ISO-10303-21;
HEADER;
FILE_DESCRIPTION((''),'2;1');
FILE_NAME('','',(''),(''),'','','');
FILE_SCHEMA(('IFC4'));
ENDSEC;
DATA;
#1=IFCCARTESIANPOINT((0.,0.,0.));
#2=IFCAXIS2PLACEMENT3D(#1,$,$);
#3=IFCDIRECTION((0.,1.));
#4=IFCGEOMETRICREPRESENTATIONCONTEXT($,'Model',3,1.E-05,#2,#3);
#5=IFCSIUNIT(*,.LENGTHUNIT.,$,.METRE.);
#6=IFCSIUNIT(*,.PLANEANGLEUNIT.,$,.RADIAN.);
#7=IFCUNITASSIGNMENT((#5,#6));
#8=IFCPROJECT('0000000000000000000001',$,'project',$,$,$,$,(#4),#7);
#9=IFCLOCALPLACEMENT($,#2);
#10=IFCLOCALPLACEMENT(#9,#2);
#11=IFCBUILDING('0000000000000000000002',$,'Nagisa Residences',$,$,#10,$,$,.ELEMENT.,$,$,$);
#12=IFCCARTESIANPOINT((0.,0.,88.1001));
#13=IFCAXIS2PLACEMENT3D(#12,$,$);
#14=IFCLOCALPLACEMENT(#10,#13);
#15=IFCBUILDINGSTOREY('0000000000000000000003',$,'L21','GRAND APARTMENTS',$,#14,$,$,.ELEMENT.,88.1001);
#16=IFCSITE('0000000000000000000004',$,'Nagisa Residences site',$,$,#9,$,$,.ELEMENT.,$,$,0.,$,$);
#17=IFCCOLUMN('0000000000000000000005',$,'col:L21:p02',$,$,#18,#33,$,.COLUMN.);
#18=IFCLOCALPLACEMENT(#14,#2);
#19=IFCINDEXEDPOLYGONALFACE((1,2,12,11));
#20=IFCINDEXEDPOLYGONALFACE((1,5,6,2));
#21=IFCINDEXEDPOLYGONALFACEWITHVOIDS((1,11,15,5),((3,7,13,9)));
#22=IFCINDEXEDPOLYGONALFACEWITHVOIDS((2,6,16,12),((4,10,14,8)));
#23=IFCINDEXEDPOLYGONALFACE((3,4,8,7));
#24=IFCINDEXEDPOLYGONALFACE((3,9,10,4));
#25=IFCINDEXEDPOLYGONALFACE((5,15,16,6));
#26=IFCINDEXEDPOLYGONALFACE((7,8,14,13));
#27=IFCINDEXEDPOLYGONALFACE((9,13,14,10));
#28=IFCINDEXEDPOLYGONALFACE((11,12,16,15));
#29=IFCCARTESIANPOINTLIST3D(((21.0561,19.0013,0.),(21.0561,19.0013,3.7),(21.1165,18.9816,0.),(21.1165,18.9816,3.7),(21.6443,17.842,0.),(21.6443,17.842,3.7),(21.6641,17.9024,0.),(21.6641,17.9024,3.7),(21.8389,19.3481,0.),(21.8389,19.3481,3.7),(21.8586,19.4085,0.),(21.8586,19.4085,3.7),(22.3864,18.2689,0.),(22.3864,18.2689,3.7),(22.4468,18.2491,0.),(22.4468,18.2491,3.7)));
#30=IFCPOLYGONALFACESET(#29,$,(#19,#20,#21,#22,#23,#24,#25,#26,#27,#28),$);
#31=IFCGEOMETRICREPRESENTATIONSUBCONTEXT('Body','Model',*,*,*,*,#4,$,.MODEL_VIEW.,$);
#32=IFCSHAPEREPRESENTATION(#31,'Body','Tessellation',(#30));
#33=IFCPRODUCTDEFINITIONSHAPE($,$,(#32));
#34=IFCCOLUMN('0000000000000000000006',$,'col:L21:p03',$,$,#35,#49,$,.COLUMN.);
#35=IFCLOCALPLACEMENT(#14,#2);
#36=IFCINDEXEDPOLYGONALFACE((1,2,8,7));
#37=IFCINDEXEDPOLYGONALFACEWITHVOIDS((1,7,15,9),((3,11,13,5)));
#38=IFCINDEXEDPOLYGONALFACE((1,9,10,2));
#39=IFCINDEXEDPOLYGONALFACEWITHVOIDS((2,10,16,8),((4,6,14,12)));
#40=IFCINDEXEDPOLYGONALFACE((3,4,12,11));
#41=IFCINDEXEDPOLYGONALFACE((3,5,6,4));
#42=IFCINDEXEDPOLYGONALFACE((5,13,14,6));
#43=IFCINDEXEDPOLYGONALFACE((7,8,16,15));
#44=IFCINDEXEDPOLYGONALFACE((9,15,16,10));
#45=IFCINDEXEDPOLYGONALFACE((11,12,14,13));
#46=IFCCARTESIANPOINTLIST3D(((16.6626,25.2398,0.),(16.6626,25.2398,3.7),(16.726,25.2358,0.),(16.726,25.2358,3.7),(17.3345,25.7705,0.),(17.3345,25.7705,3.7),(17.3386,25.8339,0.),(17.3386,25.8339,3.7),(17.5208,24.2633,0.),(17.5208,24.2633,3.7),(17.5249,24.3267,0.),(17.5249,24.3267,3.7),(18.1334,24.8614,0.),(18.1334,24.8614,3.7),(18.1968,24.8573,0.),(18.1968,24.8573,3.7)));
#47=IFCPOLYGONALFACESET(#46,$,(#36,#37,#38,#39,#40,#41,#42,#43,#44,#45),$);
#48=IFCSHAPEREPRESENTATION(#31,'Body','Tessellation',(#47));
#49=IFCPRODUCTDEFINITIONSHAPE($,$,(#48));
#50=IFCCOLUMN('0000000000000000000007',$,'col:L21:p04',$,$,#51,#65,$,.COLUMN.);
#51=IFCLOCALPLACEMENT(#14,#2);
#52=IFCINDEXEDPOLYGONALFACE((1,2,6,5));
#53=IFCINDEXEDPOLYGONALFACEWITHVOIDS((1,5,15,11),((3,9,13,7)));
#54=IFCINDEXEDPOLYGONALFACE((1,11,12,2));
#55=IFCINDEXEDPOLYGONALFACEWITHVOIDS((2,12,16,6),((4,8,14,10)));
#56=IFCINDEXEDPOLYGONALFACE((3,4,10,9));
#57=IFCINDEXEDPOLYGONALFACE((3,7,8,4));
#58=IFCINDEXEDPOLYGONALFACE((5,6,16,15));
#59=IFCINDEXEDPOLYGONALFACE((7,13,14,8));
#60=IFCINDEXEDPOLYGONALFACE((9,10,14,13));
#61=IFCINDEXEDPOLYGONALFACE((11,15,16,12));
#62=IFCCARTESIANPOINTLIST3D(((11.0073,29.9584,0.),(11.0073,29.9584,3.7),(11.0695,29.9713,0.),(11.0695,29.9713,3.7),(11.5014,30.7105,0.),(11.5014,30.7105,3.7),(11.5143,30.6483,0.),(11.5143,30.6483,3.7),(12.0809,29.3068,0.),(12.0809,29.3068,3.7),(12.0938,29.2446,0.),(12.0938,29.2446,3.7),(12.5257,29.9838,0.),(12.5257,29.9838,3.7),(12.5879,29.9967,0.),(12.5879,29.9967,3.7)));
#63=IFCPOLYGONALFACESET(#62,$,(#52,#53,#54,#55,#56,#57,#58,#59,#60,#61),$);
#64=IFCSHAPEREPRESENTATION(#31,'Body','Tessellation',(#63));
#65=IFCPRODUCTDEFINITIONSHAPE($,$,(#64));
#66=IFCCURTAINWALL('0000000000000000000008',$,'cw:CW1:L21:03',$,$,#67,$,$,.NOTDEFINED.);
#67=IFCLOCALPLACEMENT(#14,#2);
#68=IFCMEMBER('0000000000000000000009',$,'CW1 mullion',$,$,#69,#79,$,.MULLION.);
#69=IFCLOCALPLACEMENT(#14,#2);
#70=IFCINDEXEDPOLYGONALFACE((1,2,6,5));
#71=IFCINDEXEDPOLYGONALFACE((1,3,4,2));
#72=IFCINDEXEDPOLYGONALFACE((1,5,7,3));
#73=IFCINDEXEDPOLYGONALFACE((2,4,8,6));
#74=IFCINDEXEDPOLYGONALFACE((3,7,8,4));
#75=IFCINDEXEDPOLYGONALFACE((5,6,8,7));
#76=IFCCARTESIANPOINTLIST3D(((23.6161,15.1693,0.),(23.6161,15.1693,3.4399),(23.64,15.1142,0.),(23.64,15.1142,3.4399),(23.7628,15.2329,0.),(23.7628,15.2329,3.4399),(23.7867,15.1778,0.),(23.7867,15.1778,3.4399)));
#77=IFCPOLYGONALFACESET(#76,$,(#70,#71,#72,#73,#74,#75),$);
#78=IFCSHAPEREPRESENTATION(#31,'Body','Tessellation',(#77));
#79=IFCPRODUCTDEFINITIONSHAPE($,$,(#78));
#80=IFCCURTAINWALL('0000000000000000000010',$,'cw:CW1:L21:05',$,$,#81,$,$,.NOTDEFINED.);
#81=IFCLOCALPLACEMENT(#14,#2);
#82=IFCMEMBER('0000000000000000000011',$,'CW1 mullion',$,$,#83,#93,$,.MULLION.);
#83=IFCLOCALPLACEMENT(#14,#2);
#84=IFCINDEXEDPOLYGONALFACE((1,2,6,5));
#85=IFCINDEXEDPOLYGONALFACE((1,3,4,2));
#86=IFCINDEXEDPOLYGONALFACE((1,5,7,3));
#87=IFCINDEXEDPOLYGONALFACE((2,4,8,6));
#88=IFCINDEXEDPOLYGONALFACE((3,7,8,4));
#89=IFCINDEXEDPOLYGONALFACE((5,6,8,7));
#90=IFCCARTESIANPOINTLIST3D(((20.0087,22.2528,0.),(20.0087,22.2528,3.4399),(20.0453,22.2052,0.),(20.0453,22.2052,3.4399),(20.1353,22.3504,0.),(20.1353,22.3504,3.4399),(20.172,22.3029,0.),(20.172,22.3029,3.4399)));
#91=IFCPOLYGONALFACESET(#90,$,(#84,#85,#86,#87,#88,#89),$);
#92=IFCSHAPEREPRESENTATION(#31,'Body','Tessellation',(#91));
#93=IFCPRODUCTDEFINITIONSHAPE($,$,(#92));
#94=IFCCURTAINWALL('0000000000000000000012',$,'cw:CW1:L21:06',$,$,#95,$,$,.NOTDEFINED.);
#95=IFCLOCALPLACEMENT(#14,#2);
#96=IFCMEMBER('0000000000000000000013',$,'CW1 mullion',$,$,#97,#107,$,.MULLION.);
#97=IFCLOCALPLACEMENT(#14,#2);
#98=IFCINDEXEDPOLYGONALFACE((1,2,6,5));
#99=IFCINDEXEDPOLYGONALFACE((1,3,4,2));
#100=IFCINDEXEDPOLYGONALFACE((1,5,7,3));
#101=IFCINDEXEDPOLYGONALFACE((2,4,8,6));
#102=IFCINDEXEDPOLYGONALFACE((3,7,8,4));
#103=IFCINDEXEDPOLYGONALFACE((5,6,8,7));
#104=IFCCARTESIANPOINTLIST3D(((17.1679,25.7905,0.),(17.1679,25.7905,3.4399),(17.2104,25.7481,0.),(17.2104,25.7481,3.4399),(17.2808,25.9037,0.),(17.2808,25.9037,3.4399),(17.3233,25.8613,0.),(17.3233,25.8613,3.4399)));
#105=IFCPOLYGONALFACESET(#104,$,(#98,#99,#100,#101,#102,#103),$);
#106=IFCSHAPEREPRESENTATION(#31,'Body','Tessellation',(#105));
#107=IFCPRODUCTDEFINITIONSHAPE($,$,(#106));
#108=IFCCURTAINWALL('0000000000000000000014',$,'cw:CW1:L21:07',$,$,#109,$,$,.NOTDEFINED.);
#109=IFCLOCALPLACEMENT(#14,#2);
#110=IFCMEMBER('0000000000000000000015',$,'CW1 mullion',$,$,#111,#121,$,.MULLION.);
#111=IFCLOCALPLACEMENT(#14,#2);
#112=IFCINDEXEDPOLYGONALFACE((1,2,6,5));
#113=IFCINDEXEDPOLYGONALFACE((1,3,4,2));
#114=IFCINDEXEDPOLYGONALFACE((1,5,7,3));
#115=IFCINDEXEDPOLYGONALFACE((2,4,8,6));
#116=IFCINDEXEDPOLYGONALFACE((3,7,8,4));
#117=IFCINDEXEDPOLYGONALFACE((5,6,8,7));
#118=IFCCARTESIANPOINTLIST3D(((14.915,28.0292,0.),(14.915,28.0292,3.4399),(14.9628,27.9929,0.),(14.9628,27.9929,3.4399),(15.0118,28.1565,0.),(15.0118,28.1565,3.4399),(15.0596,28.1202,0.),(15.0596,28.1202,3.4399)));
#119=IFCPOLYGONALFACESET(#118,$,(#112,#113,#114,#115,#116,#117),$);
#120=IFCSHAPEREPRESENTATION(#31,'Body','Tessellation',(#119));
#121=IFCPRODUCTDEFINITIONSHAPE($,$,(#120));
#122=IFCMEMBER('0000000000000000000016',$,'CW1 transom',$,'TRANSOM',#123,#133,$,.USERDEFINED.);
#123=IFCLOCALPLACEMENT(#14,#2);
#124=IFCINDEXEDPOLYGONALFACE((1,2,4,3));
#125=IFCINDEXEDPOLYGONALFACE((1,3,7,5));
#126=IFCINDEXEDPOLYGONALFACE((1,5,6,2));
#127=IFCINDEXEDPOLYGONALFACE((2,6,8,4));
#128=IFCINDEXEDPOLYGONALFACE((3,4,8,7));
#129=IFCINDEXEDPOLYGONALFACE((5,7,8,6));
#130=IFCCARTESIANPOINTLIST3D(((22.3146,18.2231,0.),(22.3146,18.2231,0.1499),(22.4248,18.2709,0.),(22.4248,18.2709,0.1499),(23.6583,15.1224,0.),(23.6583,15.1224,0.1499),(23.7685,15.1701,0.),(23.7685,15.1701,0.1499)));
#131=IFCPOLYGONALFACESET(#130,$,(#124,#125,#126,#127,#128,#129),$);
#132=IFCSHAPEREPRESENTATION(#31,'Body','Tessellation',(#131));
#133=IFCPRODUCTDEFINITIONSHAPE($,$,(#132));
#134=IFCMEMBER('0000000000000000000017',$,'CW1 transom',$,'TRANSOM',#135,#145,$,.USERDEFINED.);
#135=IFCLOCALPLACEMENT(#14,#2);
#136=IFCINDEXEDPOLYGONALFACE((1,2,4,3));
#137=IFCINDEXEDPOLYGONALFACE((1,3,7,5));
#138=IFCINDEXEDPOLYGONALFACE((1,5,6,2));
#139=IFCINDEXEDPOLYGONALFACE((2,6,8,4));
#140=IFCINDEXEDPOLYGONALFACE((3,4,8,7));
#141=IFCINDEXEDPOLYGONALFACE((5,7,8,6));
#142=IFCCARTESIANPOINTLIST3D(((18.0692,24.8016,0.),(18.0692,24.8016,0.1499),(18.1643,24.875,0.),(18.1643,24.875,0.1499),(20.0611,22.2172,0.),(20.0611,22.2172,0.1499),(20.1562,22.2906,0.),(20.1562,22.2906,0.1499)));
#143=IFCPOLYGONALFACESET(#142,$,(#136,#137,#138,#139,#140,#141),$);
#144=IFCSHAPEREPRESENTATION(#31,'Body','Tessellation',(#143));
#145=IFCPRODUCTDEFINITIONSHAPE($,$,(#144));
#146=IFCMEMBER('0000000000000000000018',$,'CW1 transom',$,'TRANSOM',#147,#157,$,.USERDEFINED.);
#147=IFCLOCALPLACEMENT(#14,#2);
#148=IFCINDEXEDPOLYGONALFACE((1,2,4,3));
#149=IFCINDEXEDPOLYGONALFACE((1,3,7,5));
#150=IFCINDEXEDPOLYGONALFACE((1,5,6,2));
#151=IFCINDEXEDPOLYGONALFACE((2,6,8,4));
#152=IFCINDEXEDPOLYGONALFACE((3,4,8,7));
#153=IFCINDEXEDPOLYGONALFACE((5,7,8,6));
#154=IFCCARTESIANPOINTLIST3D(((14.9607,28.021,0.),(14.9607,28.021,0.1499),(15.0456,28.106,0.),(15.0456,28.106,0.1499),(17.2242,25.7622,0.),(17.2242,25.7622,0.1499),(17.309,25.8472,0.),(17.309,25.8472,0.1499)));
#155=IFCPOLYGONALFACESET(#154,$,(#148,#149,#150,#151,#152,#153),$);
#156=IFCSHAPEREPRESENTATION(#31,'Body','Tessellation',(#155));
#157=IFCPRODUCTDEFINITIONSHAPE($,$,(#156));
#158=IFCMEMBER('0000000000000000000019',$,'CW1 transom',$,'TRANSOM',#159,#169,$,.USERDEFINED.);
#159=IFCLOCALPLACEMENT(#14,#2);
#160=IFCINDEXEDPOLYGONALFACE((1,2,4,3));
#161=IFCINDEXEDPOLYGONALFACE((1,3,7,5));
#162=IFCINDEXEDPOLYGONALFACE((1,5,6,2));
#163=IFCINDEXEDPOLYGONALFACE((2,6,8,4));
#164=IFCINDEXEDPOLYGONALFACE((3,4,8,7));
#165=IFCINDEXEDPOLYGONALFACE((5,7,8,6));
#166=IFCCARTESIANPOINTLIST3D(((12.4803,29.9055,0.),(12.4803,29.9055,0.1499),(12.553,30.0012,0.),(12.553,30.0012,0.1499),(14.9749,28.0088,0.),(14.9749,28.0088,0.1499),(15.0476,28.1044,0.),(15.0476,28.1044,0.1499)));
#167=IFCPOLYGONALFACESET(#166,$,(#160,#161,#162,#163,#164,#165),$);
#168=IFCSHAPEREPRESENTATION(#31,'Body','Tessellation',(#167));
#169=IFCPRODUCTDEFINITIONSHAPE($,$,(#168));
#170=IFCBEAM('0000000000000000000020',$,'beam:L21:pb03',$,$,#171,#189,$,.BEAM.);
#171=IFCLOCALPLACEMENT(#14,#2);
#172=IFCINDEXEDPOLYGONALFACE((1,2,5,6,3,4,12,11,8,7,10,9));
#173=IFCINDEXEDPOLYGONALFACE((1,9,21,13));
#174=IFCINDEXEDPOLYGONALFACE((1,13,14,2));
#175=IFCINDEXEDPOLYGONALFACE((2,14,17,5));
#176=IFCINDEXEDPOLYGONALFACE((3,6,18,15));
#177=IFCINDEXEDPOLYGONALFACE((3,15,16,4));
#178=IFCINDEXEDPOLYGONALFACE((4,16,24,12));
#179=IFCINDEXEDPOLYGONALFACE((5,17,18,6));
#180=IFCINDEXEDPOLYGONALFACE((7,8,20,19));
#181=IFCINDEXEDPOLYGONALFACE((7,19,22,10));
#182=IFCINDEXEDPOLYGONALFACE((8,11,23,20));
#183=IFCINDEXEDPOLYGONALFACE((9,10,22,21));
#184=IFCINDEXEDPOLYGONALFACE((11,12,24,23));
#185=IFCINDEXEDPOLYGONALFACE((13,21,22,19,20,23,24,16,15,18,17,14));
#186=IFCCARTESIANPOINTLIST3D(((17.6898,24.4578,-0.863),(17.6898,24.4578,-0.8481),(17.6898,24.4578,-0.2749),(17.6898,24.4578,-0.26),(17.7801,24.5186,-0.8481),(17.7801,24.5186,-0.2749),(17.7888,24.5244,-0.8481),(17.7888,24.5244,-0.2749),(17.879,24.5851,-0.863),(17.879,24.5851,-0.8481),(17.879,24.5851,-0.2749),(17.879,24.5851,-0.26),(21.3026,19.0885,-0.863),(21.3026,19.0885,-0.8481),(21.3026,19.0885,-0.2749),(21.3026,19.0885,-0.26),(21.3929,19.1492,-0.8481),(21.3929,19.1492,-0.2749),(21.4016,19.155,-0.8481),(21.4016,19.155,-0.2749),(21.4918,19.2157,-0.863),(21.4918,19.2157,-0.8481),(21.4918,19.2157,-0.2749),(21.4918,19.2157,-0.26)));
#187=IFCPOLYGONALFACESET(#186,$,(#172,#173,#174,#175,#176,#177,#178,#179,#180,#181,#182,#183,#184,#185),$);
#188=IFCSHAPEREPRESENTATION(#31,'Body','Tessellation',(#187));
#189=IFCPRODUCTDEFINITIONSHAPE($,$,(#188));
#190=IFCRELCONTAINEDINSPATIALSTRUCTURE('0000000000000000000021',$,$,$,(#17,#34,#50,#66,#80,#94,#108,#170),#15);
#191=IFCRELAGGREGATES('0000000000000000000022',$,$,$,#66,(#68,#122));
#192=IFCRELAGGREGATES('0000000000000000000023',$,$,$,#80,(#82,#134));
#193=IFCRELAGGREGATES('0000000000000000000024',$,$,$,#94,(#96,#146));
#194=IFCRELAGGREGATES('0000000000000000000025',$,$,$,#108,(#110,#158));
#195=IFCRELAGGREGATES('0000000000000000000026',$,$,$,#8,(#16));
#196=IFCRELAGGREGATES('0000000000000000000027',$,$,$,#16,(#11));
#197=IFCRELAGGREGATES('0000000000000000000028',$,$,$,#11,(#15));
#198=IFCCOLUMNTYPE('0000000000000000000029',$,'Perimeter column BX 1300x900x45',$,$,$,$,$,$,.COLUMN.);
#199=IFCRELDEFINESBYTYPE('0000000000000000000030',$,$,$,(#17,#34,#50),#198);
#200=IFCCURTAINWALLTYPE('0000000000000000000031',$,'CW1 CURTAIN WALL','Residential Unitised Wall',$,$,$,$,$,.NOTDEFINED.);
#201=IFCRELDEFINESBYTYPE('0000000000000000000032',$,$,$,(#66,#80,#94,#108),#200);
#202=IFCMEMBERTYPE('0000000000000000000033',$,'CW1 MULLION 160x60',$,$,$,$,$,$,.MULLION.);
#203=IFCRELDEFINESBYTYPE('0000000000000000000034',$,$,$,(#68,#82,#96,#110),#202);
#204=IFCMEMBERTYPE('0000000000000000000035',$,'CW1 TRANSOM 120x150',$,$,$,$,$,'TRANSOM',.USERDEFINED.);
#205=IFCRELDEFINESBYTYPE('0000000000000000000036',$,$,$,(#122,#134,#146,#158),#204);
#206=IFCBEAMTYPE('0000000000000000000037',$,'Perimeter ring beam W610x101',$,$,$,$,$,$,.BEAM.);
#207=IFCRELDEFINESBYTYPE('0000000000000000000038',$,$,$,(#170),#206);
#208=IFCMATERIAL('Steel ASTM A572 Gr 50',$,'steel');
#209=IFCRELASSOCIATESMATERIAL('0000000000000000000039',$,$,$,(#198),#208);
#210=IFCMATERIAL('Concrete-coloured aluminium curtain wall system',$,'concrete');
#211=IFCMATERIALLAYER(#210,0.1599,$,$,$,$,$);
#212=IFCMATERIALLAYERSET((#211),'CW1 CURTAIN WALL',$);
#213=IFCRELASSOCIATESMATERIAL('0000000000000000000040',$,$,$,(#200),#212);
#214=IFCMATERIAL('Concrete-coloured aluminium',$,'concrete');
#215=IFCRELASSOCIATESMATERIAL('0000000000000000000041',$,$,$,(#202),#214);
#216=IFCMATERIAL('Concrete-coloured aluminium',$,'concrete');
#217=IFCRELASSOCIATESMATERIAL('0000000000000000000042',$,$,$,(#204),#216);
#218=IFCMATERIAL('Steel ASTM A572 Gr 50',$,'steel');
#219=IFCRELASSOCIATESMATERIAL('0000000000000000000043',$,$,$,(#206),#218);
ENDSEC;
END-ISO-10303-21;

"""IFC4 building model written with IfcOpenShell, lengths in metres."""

from ifc_helpers import new_model, si_unit, direction, frame, origin, origin_2d, place, context, subcontext, project, spatial, rectangle, hollow_rectangle, i_section, extrude, material, layer, layer_set, material_profile, profile_set, type_object, element, aggregate, save


model = new_model("IFC4")

# Units and contexts
model_context = context("Model", 3, precision=1e-05, world=origin(), true_north=direction((0.0, 1.0)))
body_context = subcontext(model_context, "Body", "Model", "MODEL_VIEW")
ifc_project = project(units=[si_unit("LENGTHUNIT", "METRE"), si_unit("PLANEANGLEUNIT", "RADIAN")], contexts=[model_context])

# Site, building, storey
site_placement = place(None, origin())
site = spatial("IfcSite", under=ifc_project, at=site_placement, Name="Nagisa Residences site", CompositionType="ELEMENT", RefElevation=0.0)
building_placement = place(site_placement, origin())
building = spatial("IfcBuilding", under=site, at=building_placement, Name="Nagisa Residences", CompositionType="ELEMENT")
storey_placement = place(building_placement, frame((0.0, 0.0, 88.1001)))
storey = spatial("IfcBuildingStorey", under=building, at=storey_placement, Name="L21", Description="GRAND APARTMENTS", CompositionType="ELEMENT", Elevation=88.1001)

# Columns
ifc_material_1 = material(Name="Steel ASTM A572 Gr 50", Category="steel")
ifc_material_profile_1 = material_profile(ifc_material_1, hollow_rectangle(XDim=1.3, YDim=0.8999, WallThickness=0.0449, at=origin_2d()), Name="BX 1300x900x45")
ifc_profile_set_1 = profile_set([ifc_material_profile_1], Name="Steel ASTM A572 Gr 50")
column_type = type_object("IfcColumnType", Name="Perimeter column BX 1300x900x45", PredefinedType="COLUMN", material=ifc_profile_set_1)
for number, where, z_axis, x_axis, name in (
    (1, (21.7515, 18.6252, 0.0), (0.0, 0.0, 1.0), (-0.452463, 0.891783, 0.0), "col:L21:p02"),
    (2, (17.4297, 25.0486, 0.0), (0.0, 0.0, 1.0), (-0.660115, 0.751165, 0.0), "col:L21:p03"),
    (3, (11.7976, 29.9775, 0.0), (0.0, 0.0, 1.0), (-0.835766, 0.549086, 0.0), "col:L21:p04"),
):
    element("IfcColumn", number, at=place(storey_placement, frame(where, z_axis=z_axis, x_axis=x_axis)), inside=storey, type_object=column_type, Name=name, PredefinedType="COLUMN", context=body_context, shape_type="SweptSolid", body=[
        extrude(hollow_rectangle(XDim=1.3, YDim=0.8999, WallThickness=0.0449, at=origin_2d()), origin(), (0.0, 0.0, 1.0), 3.7),
    ])

# Curtain walls, members
ifc_material_2 = material(Name="Concrete-coloured aluminium curtain wall system", Category="concrete")
ifc_layer_1 = layer(ifc_material_2, 0.1599)
ifc_layer_set_1 = layer_set([ifc_layer_1], Name="CW1 CURTAIN WALL")
curtain_wall_type = type_object("IfcCurtainWallType", Name="CW1 CURTAIN WALL", Description="Residential Unitised Wall", PredefinedType="NOTDEFINED", material=ifc_layer_set_1)
curtain_wall_1_placement = place(storey_placement, origin())
curtain_wall_1 = element("IfcCurtainWall", 4, at=curtain_wall_1_placement, inside=storey, type_object=curtain_wall_type, Name="cw:CW1:L21:03", PredefinedType="NOTDEFINED")
ifc_material_3 = material(Name="Concrete-coloured aluminium", Category="concrete")
ifc_material_profile_2 = material_profile(ifc_material_3, rectangle(XDim=0.1599, YDim=0.0601, at=origin_2d()), Name="CW1 MULLION 160x60")
ifc_profile_set_2 = profile_set([ifc_material_profile_2], Name="Concrete-coloured aluminium")
member_type_1 = type_object("IfcMemberType", Name="CW1 MULLION 160x60", PredefinedType="MULLION", material=ifc_profile_set_2)
member_1_placement = place(storey_placement, frame((23.7014, 15.1736, 0.0), z_axis=(0.0, 0.0, 1.0), x_axis=(-0.917543, -0.397636, 0.0)))
member_1 = element("IfcMember", 5, at=member_1_placement, type_object=member_type_1, Name="CW1 mullion", PredefinedType="MULLION", context=body_context, shape_type="SweptSolid", body=[
    extrude(rectangle(XDim=0.1599, YDim=0.0601, at=origin_2d()), origin(), (0.0, 0.0, 1.0), 3.4399),
])
curtain_wall_2_placement = place(storey_placement, origin())
curtain_wall_2 = element("IfcCurtainWall", 6, at=curtain_wall_2_placement, inside=storey, type_object=curtain_wall_type, Name="cw:CW1:L21:05", PredefinedType="NOTDEFINED")
member_2_placement = place(storey_placement, frame((20.0903, 22.2778, 0.0), z_axis=(0.0, 0.0, 1.0), x_axis=(-0.79207, -0.61043, 0.0)))
member_2 = element("IfcMember", 7, at=member_2_placement, type_object=member_type_1, Name="CW1 mullion", PredefinedType="MULLION", context=body_context, shape_type="SweptSolid", body=[
    extrude(rectangle(XDim=0.1599, YDim=0.0601, at=origin_2d()), origin(), (0.0, 0.0, 1.0), 3.4399),
])
curtain_wall_3_placement = place(storey_placement, origin())
curtain_wall_3 = element("IfcCurtainWall", 8, at=curtain_wall_3_placement, inside=storey, type_object=curtain_wall_type, Name="cw:CW1:L21:06", PredefinedType="NOTDEFINED")
member_3_placement = place(storey_placement, frame((17.2456, 25.8259, 0.0), z_axis=(0.0, 0.0, 1.0), x_axis=(-0.706377, -0.707836, 0.0)))
member_3 = element("IfcMember", 9, at=member_3_placement, type_object=member_type_1, Name="CW1 mullion", PredefinedType="MULLION", context=body_context, shape_type="SweptSolid", body=[
    extrude(rectangle(XDim=0.1599, YDim=0.0601, at=origin_2d()), origin(), (0.0, 0.0, 1.0), 3.4399),
])
curtain_wall_4_placement = place(storey_placement, origin())
curtain_wall_4 = element("IfcCurtainWall", 10, at=curtain_wall_4_placement, inside=storey, type_object=curtain_wall_type, Name="cw:CW1:L21:07", PredefinedType="NOTDEFINED")
member_4_placement = place(storey_placement, frame((14.9873, 28.0747, 0.0), z_axis=(0.0, 0.0, 1.0), x_axis=(-0.605255, -0.796031, 0.0)))
member_4 = element("IfcMember", 11, at=member_4_placement, type_object=member_type_1, Name="CW1 mullion", PredefinedType="MULLION", context=body_context, shape_type="SweptSolid", body=[
    extrude(rectangle(XDim=0.1599, YDim=0.0601, at=origin_2d()), origin(), (0.0, 0.0, 1.0), 3.4399),
])

# Members
ifc_material_4 = material(Name="Concrete-coloured aluminium", Category="concrete")
ifc_material_profile_3 = material_profile(ifc_material_4, rectangle(XDim=0.1201, YDim=0.1499, at=origin_2d()), Name="CW1 TRANSOM 120x150")
ifc_profile_set_3 = profile_set([ifc_material_profile_3], Name="Concrete-coloured aluminium")
member_type_2 = type_object("IfcMemberType", Name="CW1 TRANSOM 120x150", ElementType="TRANSOM", PredefinedType="USERDEFINED", material=ifc_profile_set_3)
member_5_placement = place(storey_placement, frame((23.7134, 15.1462, 0.075), z_axis=(-0.397622, 0.917549, 0.0), x_axis=(-0.917549, -0.397622, 0.0)))
member_5 = element("IfcMember", 12, at=member_5_placement, type_object=member_type_2, Name="CW1 transom", ObjectType="TRANSOM", PredefinedType="USERDEFINED", context=body_context, shape_type="SweptSolid", body=[
    extrude(rectangle(XDim=0.1201, YDim=0.1499, at=origin_2d()), origin(), (0.0, 0.0, 1.0), 3.3794),
])
member_6_placement = place(storey_placement, frame((20.1086, 22.2539, 0.075), z_axis=(-0.610459, 0.792048, 0.0), x_axis=(-0.792048, -0.610459, 0.0)))
member_6 = element("IfcMember", 13, at=member_6_placement, type_object=member_type_2, Name="CW1 transom", ObjectType="TRANSOM", PredefinedType="USERDEFINED", context=body_context, shape_type="SweptSolid", body=[
    extrude(rectangle(XDim=0.1201, YDim=0.1499, at=origin_2d()), origin(), (0.0, 0.0, 1.0), 3.2629),
])
member_7_placement = place(storey_placement, frame((17.2666, 25.8047, 0.075), z_axis=(-0.707832, 0.706381, 0.0), x_axis=(-0.706381, -0.707832, 0.0)))
member_7 = element("IfcMember", 14, at=member_7_placement, type_object=member_type_2, Name="CW1 transom", ObjectType="TRANSOM", PredefinedType="USERDEFINED", context=body_context, shape_type="SweptSolid", body=[
    extrude(rectangle(XDim=0.1201, YDim=0.1499, at=origin_2d()), origin(), (0.0, 0.0, 1.0), 3.1978),
])
member_8_placement = place(storey_placement, frame((15.0112, 28.0566, 0.075), z_axis=(-0.796038, 0.605247, 0.0), x_axis=(-0.605247, -0.796038, 0.0)))
member_8 = element("IfcMember", 15, at=member_8_placement, type_object=member_type_2, Name="CW1 transom", ObjectType="TRANSOM", PredefinedType="USERDEFINED", context=body_context, shape_type="SweptSolid", body=[
    extrude(rectangle(XDim=0.1201, YDim=0.1499, at=origin_2d()), origin(), (0.0, 0.0, 1.0), 3.1338),
])

# Beam
ifc_material_5 = material(Name="Steel ASTM A572 Gr 50", Category="steel")
ifc_material_profile_4 = material_profile(ifc_material_5, i_section(OverallWidth=0.228, OverallDepth=0.603, WebThickness=0.0105, FlangeThickness=0.0149, at=origin_2d()), Name="W610x101")
ifc_profile_set_4 = profile_set([ifc_material_profile_4], Name="Steel ASTM A572 Gr 50")
beam_type_1 = type_object("IfcBeamType", Name="Perimeter ring beam W610x101", PredefinedType="BEAM", material=ifc_profile_set_4)
beam_1_placement = place(storey_placement, frame((21.3972, 19.1521, -0.5615), z_axis=(-0.558247, 0.829675, 0.0), x_axis=(-0.829675, -0.558247, 0.0)))
element("IfcBeam", 16, at=beam_1_placement, inside=storey, type_object=beam_type_1, Name="beam:L21:pb03", PredefinedType="BEAM", context=body_context, shape_type="SweptSolid", body=[
    extrude(i_section(OverallWidth=0.228, OverallDepth=0.603, WebThickness=0.0105, FlangeThickness=0.0149, at=origin_2d()), origin(), (0.0, 0.0, 1.0), 6.4717),
])

aggregate(curtain_wall_1, [member_1, member_5])
aggregate(curtain_wall_2, [member_2, member_6])
aggregate(curtain_wall_3, [member_3, member_7])
aggregate(curtain_wall_4, [member_4, member_8])

save(model, "model.ifc")
